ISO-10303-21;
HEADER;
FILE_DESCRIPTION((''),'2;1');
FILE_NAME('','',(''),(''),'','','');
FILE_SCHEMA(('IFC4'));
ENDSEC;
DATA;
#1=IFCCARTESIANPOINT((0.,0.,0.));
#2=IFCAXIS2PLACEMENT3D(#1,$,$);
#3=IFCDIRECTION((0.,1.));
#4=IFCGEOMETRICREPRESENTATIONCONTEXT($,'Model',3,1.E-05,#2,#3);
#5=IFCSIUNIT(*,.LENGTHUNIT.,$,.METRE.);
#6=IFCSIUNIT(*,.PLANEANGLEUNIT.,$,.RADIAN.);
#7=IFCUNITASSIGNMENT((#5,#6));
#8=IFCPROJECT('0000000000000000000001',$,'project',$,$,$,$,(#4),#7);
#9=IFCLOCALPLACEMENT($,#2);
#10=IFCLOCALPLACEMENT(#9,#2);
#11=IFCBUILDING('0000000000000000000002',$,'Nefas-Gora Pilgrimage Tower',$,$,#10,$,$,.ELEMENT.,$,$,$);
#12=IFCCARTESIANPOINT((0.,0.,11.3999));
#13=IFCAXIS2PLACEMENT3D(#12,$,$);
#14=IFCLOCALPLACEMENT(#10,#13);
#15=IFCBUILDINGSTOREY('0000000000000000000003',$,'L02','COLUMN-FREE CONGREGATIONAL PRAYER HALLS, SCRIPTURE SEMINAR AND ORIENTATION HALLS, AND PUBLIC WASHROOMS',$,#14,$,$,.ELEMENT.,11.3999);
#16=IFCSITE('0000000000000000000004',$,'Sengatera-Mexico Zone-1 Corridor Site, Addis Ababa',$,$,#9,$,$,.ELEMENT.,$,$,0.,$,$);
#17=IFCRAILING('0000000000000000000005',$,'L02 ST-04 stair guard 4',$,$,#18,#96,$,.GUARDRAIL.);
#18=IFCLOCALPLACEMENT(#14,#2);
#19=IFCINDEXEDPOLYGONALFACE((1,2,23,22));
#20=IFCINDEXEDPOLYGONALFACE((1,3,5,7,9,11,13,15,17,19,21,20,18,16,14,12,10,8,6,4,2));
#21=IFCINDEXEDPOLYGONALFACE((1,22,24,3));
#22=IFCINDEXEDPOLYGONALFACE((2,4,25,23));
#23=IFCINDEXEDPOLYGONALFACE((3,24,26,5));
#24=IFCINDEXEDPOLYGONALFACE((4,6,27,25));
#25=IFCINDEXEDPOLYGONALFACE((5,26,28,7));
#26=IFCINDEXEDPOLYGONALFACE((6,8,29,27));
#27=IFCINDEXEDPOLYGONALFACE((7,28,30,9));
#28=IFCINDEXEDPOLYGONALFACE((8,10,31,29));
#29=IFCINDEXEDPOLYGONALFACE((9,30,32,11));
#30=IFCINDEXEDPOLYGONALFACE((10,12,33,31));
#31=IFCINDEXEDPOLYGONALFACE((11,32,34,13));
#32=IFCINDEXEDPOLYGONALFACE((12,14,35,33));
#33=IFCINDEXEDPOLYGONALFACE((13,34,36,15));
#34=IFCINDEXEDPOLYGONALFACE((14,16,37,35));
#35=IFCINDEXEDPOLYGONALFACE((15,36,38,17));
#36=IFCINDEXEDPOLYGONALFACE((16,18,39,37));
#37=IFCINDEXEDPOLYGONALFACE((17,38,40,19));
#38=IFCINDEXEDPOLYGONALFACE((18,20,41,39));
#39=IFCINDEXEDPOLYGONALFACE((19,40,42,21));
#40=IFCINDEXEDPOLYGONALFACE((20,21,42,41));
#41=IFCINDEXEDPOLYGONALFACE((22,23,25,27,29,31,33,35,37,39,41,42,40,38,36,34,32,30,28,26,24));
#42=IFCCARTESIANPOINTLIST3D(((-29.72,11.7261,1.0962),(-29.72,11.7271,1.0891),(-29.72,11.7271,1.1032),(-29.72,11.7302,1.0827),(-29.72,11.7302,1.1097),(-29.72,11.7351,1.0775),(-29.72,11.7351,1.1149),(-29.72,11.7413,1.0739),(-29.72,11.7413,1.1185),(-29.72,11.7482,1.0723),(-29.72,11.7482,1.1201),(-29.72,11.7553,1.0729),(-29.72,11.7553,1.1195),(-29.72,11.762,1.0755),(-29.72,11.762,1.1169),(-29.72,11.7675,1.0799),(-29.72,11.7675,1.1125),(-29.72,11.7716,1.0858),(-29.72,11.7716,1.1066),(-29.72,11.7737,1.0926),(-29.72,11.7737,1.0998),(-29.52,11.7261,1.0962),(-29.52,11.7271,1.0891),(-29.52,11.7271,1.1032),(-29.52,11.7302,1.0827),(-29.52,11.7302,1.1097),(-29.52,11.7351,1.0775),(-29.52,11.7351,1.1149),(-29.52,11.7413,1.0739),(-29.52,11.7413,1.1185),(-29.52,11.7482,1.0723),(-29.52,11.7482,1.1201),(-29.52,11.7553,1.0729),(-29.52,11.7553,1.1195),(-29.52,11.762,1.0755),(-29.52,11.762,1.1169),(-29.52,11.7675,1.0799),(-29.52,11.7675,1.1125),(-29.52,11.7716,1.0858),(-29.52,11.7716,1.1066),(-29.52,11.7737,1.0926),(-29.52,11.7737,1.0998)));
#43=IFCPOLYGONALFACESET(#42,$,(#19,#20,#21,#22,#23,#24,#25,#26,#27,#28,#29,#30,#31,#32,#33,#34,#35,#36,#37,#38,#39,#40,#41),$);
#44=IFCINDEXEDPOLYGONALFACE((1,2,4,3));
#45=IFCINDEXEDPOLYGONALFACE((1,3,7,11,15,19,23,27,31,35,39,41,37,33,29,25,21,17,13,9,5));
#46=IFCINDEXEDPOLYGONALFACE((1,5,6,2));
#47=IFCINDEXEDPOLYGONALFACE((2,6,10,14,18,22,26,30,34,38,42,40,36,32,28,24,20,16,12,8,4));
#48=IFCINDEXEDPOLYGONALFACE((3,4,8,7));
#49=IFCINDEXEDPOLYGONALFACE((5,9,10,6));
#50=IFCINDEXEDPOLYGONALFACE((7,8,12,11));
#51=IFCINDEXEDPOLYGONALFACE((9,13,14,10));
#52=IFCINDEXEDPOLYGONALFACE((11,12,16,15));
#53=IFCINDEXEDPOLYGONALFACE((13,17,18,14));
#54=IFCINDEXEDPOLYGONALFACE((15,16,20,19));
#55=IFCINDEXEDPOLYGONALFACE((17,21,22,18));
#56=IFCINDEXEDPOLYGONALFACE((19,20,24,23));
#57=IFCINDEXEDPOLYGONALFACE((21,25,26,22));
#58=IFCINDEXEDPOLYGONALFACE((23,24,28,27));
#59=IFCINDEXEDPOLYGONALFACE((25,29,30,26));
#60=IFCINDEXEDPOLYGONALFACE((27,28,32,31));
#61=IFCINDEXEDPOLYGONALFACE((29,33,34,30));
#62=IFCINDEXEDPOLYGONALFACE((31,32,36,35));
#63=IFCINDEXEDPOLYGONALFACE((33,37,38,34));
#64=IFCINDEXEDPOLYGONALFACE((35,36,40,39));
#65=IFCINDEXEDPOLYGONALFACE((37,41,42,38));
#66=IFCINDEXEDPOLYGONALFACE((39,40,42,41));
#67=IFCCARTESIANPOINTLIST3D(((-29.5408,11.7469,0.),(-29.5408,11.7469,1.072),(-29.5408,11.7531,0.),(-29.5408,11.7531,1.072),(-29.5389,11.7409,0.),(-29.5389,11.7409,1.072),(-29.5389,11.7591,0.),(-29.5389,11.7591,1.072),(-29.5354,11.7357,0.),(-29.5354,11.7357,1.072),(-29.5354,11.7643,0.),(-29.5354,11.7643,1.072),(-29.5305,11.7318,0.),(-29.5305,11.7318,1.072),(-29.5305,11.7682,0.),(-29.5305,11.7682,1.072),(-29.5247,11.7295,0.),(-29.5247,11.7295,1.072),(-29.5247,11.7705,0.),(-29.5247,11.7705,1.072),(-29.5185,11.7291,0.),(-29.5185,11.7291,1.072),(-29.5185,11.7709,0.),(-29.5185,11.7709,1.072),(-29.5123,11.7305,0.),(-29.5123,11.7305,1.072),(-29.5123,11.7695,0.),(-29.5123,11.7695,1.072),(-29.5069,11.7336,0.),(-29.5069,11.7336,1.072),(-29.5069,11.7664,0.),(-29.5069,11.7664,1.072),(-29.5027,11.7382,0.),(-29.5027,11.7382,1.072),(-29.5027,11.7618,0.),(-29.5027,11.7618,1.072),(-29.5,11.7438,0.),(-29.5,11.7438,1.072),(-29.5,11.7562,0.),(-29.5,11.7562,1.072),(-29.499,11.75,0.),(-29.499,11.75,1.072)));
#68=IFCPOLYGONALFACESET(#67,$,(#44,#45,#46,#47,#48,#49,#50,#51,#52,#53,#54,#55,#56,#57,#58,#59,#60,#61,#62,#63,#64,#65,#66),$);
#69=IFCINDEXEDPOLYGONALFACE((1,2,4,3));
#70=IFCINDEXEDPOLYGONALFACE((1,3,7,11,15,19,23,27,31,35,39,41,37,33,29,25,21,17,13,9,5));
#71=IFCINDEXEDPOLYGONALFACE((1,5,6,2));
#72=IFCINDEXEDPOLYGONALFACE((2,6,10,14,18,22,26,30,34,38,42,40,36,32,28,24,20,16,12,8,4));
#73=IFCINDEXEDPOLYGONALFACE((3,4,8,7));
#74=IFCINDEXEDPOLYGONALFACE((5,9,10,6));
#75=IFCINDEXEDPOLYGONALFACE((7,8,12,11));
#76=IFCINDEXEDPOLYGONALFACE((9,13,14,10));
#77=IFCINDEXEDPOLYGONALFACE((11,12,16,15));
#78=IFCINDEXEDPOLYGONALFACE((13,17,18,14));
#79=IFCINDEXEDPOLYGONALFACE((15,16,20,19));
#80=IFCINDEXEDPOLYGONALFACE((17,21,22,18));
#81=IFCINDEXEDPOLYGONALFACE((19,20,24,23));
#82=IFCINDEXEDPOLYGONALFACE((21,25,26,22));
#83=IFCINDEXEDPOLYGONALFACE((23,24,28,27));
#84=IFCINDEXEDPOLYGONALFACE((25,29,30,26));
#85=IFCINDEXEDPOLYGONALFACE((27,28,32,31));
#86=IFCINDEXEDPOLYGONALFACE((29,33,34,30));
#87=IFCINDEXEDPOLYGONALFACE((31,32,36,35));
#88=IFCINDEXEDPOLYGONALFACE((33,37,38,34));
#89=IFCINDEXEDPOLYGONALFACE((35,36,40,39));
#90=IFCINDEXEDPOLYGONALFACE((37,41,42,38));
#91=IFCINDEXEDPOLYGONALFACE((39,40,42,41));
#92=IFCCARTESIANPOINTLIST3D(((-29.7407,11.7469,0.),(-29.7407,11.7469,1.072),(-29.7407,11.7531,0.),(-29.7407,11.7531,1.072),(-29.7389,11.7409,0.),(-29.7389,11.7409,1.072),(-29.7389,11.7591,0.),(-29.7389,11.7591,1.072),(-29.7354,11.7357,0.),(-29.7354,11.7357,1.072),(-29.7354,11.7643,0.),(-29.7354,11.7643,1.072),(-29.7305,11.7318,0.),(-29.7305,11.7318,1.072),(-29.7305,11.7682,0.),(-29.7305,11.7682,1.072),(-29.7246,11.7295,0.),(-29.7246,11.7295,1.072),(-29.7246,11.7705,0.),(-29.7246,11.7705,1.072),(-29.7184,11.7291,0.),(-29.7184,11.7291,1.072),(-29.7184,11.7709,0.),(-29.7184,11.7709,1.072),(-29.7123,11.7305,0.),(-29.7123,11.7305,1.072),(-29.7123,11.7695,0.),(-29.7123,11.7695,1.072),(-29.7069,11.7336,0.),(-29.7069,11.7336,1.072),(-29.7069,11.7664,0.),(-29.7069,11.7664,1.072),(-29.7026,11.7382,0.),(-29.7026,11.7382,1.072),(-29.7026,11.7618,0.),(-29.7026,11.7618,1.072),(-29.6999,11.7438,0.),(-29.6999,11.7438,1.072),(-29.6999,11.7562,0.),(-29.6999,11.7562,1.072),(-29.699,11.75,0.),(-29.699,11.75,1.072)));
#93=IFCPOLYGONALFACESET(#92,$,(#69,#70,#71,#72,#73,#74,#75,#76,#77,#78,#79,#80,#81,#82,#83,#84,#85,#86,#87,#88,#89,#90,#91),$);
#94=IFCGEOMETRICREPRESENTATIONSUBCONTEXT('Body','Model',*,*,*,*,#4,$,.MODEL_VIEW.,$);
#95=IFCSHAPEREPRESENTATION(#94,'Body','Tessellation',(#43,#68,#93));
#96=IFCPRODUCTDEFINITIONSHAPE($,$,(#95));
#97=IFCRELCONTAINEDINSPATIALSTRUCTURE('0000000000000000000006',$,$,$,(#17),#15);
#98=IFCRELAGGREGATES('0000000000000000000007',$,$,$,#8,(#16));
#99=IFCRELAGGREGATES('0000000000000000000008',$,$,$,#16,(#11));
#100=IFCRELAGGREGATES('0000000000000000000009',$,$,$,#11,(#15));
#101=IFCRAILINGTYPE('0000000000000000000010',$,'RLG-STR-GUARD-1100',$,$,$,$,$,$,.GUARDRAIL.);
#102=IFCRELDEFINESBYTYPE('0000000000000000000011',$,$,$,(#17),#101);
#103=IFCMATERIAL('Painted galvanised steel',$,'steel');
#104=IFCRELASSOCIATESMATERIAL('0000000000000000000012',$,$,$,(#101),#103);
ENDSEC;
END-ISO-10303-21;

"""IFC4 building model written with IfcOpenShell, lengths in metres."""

from ifc_helpers import new_model, si_unit, direction, frame, origin, origin_2d, place, context, subcontext, project, spatial, circle, extrude, material, type_object, element, save


model = new_model("IFC4")

# Units and contexts
model_context = context("Model", 3, precision=1e-05, world=origin(), true_north=direction((0.0, 1.0)))
body_context = subcontext(model_context, "Body", "Model", "MODEL_VIEW")
ifc_project = project(units=[si_unit("LENGTHUNIT", "METRE"), si_unit("PLANEANGLEUNIT", "RADIAN")], contexts=[model_context])

# Site, building, storey
site_placement = place(None, origin())
site = spatial("IfcSite", under=ifc_project, at=site_placement, Name="Sengatera-Mexico Zone-1 Corridor Site, Addis Ababa", CompositionType="ELEMENT", RefElevation=0.0)
building_placement = place(site_placement, origin())
building = spatial("IfcBuilding", under=site, at=building_placement, Name="Nefas-Gora Pilgrimage Tower", CompositionType="ELEMENT")
storey_placement = place(building_placement, frame((0.0, 0.0, 11.3999)))
storey = spatial("IfcBuildingStorey", under=building, at=storey_placement, Name="L02", Description="COLUMN-FREE CONGREGATIONAL PRAYER HALLS, SCRIPTURE SEMINAR AND ORIENTATION HALLS, AND PUBLIC WASHROOMS", CompositionType="ELEMENT", Elevation=11.3999)

# Railing
ifc_material_1 = material(Name="Painted galvanised steel", Category="steel")
railing_type_1 = type_object("IfcRailingType", Name="RLG-STR-GUARD-1100", PredefinedType="GUARDRAIL", material=ifc_material_1)
railing_1_placement = place(storey_placement, frame((-29.52, 11.75, 0.0)))
element("IfcRailing", 1, at=railing_1_placement, inside=storey, type_object=railing_type_1, Name="L02 ST-04 stair guard 4", PredefinedType="GUARDRAIL", context=body_context, shape_type="SweptSolid", body=[
    extrude(circle(Radius=0.0239, at=origin_2d()), frame((0.0, 0.0, 1.0962), z_axis=(-1.0, 0.0, 0.0), x_axis=(0.0, -1.0, 0.0)), (0.0, 0.0, 1.0), 0.2),
    extrude(circle(Radius=0.021, at=origin_2d()), origin(), (0.0, 0.0, 1.0), 1.072),
    extrude(circle(Radius=0.021, at=origin_2d()), frame((-0.2, 0.0, 0.0)), (0.0, 0.0, 1.0), 1.072),
])

save(model, "model.ifc")
